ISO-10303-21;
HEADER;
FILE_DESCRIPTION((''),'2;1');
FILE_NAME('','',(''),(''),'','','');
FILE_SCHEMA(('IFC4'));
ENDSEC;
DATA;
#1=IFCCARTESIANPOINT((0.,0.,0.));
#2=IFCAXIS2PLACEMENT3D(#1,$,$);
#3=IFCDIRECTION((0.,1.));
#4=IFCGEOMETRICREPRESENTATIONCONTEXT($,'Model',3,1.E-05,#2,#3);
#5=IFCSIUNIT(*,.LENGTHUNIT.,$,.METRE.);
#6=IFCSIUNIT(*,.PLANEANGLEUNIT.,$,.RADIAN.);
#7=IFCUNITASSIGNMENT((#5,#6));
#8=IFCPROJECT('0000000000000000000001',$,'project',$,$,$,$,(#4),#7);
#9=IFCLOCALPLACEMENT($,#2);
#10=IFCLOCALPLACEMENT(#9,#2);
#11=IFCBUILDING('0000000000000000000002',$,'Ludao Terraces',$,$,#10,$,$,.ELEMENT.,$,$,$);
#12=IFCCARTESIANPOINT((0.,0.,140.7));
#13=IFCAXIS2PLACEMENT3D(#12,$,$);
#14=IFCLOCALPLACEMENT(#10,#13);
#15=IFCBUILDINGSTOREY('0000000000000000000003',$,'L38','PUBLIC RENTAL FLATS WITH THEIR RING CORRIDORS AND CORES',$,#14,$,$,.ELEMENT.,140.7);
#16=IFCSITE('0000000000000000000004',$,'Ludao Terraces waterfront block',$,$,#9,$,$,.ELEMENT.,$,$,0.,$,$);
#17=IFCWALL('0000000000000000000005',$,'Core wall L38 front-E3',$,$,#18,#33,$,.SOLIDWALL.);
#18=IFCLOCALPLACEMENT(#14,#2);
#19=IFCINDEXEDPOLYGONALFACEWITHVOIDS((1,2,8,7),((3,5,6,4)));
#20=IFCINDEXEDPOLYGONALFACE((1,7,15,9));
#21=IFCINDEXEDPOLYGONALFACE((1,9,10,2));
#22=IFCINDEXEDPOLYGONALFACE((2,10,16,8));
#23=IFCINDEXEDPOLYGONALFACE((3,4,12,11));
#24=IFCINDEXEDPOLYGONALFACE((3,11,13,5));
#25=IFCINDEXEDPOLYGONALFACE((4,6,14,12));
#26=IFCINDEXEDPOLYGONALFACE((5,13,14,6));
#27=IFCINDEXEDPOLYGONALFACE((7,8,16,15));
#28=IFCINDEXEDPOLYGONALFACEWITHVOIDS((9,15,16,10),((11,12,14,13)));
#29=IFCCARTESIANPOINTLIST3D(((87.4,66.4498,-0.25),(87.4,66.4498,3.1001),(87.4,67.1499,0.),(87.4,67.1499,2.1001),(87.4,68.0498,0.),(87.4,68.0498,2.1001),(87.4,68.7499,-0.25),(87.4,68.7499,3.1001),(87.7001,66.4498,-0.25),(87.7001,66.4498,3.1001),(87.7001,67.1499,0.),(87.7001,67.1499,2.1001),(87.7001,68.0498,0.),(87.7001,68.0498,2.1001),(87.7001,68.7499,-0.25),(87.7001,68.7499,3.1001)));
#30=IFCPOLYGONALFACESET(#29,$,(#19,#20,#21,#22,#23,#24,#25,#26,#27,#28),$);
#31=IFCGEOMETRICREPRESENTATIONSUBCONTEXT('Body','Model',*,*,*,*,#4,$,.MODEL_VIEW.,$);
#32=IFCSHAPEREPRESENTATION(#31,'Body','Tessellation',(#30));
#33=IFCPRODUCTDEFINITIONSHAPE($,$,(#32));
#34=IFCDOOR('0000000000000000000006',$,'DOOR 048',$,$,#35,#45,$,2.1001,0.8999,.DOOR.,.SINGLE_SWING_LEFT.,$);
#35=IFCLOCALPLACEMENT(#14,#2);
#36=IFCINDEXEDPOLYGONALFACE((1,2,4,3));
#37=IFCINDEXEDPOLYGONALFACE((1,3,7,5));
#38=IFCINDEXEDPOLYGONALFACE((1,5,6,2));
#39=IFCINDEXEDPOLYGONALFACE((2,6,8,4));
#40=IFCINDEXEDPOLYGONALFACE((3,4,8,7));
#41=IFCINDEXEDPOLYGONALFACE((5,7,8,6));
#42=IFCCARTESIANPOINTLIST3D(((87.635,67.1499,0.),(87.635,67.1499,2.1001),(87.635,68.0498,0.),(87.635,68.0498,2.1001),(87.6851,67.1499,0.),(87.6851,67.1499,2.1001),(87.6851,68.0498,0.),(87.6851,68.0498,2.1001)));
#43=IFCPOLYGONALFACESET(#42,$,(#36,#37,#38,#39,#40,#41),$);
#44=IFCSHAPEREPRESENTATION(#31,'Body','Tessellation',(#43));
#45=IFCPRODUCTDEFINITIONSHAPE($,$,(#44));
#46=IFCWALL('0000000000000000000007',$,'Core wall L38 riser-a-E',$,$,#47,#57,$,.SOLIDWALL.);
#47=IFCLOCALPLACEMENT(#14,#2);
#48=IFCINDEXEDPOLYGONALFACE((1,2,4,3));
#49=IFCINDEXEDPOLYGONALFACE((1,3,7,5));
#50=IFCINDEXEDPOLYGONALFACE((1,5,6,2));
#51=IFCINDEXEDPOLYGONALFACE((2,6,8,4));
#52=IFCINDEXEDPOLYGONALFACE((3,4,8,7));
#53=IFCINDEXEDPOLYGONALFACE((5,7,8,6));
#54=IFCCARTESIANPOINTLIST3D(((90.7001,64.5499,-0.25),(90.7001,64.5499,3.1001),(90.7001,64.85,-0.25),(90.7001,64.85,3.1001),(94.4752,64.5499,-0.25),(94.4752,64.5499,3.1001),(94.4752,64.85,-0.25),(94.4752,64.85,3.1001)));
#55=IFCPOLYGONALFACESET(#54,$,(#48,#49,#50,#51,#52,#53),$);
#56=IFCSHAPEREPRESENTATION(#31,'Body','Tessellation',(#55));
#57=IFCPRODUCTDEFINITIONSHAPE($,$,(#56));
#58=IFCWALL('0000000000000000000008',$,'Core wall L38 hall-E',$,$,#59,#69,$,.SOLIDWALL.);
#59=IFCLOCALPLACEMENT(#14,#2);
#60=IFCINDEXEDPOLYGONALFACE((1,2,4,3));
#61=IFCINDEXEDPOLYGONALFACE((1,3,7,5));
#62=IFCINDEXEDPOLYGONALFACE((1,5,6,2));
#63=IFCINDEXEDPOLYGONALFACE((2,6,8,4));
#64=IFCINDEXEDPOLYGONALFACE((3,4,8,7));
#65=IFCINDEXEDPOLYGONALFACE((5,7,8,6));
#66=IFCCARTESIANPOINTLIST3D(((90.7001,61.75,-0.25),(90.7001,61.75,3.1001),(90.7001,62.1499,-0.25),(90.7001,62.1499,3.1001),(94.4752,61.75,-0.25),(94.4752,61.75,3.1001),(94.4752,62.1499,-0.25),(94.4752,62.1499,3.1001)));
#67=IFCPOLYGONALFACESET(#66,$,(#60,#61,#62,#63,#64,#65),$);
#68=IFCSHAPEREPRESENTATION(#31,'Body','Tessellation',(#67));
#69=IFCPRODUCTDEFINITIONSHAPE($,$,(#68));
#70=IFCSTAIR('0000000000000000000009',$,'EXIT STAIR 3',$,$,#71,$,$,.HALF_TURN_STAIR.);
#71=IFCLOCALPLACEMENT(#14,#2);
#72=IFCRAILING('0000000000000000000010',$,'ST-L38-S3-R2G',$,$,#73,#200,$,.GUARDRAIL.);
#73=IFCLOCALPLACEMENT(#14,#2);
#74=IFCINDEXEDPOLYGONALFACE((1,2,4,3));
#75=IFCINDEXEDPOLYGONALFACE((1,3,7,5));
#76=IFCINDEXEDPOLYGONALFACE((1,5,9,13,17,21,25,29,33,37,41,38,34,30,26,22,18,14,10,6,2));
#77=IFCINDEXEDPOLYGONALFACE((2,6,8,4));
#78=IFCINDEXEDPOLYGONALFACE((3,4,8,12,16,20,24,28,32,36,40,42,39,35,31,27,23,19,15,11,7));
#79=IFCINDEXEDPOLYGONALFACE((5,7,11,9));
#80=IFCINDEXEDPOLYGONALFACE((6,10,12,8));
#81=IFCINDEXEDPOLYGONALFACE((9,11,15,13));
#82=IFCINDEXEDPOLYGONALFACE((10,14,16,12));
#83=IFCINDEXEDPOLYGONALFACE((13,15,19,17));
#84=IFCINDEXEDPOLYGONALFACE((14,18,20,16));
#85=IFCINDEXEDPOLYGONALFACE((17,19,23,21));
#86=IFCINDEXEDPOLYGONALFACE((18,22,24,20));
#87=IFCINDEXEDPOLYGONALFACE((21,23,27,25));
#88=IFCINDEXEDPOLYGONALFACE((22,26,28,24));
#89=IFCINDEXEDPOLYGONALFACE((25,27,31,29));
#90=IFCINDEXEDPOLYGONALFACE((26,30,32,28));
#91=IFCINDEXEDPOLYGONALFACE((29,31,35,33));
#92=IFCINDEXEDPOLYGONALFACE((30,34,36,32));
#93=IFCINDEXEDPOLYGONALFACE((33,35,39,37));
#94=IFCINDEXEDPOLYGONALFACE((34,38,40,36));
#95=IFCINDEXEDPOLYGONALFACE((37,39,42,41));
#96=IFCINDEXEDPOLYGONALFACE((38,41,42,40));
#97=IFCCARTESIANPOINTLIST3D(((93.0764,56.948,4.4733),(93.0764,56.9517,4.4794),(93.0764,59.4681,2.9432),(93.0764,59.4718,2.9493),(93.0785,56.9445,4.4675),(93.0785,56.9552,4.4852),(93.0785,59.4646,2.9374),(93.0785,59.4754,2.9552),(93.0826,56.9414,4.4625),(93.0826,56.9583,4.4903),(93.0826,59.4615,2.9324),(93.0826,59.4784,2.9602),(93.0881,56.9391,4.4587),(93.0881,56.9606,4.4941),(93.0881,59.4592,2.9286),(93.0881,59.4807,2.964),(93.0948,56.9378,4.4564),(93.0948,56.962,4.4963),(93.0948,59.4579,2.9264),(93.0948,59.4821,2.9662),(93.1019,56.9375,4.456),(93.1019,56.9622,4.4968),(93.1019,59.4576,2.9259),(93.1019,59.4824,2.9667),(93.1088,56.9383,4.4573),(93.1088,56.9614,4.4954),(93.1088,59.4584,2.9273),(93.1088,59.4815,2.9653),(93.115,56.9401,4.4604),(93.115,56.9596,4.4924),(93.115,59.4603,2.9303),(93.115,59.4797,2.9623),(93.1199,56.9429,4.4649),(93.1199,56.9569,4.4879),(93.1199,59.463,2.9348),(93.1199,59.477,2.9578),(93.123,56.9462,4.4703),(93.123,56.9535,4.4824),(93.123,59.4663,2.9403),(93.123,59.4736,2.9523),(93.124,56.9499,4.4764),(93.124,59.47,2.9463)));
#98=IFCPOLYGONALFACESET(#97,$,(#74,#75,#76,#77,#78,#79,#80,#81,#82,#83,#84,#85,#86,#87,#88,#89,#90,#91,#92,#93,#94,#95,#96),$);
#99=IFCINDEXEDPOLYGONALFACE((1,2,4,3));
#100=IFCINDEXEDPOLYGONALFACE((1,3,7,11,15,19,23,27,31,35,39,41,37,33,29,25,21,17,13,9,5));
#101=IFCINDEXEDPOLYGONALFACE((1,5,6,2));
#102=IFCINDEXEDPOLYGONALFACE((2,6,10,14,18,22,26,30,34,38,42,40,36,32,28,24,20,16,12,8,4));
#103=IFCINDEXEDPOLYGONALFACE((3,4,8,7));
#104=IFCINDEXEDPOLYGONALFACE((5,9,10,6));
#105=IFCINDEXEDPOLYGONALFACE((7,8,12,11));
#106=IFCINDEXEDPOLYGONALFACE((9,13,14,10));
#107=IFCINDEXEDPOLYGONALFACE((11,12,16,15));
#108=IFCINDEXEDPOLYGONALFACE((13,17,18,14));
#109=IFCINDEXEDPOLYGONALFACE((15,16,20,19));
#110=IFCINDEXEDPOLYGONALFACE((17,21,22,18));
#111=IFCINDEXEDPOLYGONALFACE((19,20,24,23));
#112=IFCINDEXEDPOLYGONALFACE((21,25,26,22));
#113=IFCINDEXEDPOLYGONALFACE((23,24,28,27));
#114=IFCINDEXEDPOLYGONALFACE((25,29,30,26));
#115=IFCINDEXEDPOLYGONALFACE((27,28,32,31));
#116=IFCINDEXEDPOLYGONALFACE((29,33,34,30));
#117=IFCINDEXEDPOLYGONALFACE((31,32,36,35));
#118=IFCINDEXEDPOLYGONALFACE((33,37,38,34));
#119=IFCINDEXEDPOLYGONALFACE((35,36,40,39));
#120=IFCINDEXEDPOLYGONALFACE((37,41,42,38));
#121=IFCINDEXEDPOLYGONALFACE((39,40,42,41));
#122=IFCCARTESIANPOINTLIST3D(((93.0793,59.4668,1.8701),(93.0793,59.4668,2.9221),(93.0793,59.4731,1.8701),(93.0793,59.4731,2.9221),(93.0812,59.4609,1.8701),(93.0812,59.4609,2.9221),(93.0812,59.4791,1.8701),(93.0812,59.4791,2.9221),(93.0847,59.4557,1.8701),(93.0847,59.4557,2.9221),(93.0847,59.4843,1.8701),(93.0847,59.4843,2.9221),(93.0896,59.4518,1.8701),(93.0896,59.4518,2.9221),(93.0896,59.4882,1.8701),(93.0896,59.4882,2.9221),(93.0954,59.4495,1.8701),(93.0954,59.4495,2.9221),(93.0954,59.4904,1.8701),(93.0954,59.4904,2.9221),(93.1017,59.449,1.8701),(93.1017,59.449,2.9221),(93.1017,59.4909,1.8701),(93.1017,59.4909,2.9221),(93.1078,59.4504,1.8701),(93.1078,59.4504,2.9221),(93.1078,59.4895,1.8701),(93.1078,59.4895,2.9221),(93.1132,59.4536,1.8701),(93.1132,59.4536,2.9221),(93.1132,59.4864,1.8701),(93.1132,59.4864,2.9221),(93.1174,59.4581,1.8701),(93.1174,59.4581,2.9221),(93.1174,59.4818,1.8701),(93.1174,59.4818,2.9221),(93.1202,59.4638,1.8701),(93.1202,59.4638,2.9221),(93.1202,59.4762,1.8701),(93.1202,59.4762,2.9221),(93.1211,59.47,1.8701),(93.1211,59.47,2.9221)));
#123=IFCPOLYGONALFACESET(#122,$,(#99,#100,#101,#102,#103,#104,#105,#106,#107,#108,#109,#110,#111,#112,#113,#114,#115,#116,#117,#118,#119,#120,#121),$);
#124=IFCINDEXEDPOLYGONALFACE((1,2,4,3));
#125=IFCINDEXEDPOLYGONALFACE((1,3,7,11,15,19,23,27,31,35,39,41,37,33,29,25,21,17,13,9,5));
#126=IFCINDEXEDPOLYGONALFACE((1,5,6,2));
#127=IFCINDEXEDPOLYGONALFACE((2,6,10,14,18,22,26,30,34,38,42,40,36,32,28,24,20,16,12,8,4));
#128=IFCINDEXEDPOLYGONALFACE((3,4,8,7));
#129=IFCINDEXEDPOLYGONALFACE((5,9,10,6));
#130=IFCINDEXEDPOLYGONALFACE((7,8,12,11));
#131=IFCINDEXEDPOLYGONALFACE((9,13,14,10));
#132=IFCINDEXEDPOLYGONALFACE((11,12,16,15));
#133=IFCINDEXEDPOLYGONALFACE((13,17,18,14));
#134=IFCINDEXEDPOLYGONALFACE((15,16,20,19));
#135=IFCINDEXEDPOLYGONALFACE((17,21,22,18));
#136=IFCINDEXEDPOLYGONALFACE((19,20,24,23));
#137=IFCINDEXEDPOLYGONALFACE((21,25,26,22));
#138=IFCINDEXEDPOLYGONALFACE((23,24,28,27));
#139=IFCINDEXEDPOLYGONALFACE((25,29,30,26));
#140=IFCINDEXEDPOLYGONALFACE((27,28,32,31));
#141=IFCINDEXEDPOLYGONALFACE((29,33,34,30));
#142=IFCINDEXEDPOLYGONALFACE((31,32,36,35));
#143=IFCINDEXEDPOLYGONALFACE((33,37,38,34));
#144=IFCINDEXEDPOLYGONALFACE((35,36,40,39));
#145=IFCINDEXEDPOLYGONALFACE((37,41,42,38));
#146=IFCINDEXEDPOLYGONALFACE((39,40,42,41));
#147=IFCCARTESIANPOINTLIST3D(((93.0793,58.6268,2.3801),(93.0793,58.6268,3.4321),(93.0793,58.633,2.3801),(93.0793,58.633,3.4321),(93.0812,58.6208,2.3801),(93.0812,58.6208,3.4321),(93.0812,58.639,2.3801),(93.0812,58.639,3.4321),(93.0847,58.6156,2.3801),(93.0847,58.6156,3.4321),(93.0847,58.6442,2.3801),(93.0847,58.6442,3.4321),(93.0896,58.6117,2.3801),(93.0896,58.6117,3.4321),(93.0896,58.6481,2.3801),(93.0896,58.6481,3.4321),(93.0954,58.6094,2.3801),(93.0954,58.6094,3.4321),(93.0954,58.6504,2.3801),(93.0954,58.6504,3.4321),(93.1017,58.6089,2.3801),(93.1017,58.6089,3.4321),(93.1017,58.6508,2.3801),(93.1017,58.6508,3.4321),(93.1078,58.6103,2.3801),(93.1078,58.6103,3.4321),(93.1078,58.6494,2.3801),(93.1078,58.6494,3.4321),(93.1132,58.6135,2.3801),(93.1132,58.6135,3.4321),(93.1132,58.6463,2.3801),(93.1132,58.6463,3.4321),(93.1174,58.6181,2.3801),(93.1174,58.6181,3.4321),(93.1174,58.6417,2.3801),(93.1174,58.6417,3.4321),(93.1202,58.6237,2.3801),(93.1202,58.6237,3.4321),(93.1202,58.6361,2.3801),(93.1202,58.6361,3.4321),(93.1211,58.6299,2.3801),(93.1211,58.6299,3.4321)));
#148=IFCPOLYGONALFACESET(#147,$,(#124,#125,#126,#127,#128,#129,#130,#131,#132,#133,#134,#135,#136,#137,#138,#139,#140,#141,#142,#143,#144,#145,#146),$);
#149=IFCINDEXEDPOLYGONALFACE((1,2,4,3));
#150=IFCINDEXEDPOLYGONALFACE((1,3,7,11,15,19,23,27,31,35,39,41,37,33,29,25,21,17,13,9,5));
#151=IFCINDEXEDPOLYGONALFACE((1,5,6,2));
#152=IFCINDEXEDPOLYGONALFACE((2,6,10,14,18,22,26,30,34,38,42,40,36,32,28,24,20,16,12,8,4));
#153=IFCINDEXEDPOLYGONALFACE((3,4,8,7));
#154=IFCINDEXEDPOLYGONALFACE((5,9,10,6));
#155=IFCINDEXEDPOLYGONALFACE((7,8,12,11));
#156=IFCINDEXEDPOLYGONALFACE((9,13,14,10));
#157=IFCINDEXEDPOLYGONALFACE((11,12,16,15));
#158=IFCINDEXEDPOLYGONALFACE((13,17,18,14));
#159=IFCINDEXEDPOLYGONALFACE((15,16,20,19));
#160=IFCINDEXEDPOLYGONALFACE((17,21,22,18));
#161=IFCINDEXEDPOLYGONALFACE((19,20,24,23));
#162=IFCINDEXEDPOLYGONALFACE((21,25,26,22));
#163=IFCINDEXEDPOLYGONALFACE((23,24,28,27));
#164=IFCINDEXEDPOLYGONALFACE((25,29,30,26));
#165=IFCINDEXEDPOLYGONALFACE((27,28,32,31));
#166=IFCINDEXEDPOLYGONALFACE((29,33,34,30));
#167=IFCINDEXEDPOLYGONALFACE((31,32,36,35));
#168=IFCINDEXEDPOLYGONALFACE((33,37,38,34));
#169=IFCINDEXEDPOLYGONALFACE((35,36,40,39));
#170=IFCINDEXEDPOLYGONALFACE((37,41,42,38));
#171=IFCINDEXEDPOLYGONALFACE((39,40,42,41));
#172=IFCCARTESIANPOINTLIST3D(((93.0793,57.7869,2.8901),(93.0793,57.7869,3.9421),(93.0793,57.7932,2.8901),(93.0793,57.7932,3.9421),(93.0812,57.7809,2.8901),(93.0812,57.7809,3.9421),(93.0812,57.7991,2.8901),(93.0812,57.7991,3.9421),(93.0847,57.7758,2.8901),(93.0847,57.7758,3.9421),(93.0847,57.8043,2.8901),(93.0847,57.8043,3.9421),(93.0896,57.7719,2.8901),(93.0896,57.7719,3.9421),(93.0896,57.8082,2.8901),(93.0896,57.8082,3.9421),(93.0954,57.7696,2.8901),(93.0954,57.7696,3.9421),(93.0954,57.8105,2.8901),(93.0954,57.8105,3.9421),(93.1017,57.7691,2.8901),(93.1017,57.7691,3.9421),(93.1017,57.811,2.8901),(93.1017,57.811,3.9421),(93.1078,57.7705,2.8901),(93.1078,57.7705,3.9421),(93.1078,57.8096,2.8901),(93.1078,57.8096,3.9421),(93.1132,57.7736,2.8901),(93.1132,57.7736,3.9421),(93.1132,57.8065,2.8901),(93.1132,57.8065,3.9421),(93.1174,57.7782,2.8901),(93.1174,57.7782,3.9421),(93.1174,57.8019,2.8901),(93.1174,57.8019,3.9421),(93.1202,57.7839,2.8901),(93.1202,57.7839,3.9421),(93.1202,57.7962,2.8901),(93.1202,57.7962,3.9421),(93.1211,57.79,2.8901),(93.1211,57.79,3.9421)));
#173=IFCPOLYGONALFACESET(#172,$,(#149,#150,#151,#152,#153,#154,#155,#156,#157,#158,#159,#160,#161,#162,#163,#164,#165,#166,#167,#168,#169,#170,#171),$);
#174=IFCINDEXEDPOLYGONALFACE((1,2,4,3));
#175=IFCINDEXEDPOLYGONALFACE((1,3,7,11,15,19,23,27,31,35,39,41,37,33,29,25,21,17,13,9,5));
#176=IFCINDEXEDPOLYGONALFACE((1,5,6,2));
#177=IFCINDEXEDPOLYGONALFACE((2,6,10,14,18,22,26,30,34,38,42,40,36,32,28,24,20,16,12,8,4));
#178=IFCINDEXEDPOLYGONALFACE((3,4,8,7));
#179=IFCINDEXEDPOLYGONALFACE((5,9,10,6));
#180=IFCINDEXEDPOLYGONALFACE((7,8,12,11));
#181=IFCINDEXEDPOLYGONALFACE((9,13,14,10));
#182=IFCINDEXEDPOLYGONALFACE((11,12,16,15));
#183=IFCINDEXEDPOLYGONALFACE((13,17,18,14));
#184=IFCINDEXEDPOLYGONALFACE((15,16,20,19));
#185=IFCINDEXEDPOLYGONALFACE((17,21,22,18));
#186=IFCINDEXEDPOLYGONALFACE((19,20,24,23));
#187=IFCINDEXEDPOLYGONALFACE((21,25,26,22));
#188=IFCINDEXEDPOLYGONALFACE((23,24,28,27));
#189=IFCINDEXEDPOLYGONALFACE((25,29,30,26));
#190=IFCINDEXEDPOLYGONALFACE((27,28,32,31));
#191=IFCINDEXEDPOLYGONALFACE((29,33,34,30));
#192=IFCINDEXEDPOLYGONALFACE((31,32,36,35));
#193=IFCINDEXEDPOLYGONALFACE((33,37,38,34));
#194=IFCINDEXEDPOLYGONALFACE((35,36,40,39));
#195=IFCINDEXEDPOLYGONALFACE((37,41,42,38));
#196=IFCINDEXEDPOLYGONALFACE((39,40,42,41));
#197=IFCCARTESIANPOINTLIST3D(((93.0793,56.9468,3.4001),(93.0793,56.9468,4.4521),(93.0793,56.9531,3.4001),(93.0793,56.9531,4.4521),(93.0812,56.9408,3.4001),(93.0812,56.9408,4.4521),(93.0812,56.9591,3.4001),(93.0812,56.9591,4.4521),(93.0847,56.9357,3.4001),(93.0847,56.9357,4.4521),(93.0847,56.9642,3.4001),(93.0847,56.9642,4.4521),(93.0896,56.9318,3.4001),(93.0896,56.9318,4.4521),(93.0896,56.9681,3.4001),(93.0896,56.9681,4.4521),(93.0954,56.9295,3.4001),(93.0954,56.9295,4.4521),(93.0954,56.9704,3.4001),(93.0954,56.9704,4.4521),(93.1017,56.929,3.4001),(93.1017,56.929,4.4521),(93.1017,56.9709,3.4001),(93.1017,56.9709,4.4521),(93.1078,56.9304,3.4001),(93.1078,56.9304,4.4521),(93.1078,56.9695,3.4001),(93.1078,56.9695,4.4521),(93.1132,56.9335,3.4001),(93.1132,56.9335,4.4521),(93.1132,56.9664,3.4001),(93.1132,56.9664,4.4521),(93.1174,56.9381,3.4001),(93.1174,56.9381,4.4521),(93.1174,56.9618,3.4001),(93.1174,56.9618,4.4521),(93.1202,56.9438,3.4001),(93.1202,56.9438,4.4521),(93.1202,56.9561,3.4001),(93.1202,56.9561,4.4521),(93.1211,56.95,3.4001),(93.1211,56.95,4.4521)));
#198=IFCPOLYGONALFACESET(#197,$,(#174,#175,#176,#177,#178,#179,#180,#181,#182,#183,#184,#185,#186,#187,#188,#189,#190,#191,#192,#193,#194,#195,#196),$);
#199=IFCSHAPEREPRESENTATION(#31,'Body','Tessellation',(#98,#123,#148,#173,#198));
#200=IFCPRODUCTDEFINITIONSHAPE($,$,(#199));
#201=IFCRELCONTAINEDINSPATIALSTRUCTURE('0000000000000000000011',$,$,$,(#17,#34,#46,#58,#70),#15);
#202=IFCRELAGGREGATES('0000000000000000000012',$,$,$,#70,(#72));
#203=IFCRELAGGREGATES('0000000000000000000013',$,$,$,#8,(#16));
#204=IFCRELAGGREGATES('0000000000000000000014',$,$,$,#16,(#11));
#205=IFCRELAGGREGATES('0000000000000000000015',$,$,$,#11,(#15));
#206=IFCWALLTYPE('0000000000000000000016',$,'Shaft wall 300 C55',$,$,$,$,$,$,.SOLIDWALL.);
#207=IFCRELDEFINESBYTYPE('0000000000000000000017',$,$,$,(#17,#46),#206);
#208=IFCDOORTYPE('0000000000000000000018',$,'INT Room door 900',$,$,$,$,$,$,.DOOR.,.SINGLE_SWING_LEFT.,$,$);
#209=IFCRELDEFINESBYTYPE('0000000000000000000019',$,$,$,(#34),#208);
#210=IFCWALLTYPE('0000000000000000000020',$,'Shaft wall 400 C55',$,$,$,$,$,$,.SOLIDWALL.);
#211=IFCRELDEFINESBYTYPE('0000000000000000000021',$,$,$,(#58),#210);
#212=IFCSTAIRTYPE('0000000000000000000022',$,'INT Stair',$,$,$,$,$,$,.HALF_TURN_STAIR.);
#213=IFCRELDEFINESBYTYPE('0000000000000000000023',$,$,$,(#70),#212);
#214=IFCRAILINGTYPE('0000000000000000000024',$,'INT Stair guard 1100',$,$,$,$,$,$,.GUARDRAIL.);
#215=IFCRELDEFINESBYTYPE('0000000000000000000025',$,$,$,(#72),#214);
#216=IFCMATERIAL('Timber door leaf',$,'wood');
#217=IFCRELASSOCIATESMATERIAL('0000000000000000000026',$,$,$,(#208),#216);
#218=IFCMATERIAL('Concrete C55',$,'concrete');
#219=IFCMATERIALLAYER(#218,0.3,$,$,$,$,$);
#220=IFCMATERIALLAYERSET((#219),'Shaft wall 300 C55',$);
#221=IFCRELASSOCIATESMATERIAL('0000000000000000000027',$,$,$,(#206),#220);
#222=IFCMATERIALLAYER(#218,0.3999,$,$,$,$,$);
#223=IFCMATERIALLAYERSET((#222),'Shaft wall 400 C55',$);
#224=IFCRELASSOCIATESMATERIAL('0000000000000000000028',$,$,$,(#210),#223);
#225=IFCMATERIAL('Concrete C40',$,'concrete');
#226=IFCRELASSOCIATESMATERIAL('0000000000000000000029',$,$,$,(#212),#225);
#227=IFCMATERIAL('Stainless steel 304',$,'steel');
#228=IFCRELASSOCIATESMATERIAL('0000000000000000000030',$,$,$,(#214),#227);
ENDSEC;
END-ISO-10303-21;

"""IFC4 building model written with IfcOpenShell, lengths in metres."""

from ifc_helpers import new_model, si_unit, direction, frame, frame_2d, origin, origin_2d, place, context, subcontext, project, spatial, rectangle, circle, extrude, material, layer, layer_set, type_object, element, fill, aggregate, save


model = new_model("IFC4")

# Units and contexts
model_context = context("Model", 3, precision=1e-05, world=origin(), true_north=direction((0.0, 1.0)))
body_context = subcontext(model_context, "Body", "Model", "MODEL_VIEW")
ifc_project = project(units=[si_unit("LENGTHUNIT", "METRE"), si_unit("PLANEANGLEUNIT", "RADIAN")], contexts=[model_context])

# Site, building, storey
site_placement = place(None, origin())
site = spatial("IfcSite", under=ifc_project, at=site_placement, Name="Ludao Terraces waterfront block", CompositionType="ELEMENT", RefElevation=0.0)
building_placement = place(site_placement, origin())
building = spatial("IfcBuilding", under=site, at=building_placement, Name="Ludao Terraces", CompositionType="ELEMENT")
storey_placement = place(building_placement, frame((0.0, 0.0, 140.7)))
storey = spatial("IfcBuildingStorey", under=building, at=storey_placement, Name="L38", Description="PUBLIC RENTAL FLATS WITH THEIR RING CORRIDORS AND CORES", CompositionType="ELEMENT", Elevation=140.7)

# Shared definitions
ifc_material_1 = material(Name="Concrete C40", Category="concrete")

# Shared definitions
ifc_material_2 = material(Name="Timber door leaf", Category="wood")
door_type_1 = type_object("IfcDoorType", Name="INT Room door 900", OperationType="SINGLE_SWING_LEFT", PredefinedType="DOOR", material=ifc_material_2)

# Shared definitions
ifc_material_3 = material(Name="Concrete C55", Category="concrete")
ifc_layer_1 = layer(ifc_material_3, 0.3)
ifc_layer_set_1 = layer_set([ifc_layer_1], Name="Shaft wall 300 C55")
wall_type_1 = type_object("IfcWallType", Name="Shaft wall 300 C55", PredefinedType="SOLIDWALL", material=ifc_layer_set_1)

# Wall, opening, door
wall_1_placement = place(storey_placement, frame((87.55, 66.45, -0.25), z_axis=(0.0, 0.0, 1.0), x_axis=(0.0, 1.0, 0.0)))
wall_1 = element("IfcWall", 1, at=wall_1_placement, inside=storey, type_object=wall_type_1, Name="Core wall L38 front-E3", PredefinedType="SOLIDWALL", context=body_context, shape_type="SweptSolid", body=[
    extrude(rectangle(XDim=2.3, YDim=0.3, at=frame_2d((1.1499, 0.0))), origin(), (0.0, 0.0, 1.0), 3.3501),
])
opening_1_placement = place(wall_1_placement, frame((0.7, 0.0, 0.25)))
opening_1 = element("IfcOpeningElement", 2, at=opening_1_placement, cuts=wall_1, PredefinedType="OPENING", context=body_context, shape_type="SweptSolid", body=[
    extrude(rectangle(XDim=0.8999, YDim=2.1001, at=frame_2d((0.45, 1.05))), frame((0.0, 0.1602, 0.0), z_axis=(0.0, -1.0, 0.0), x_axis=(1.0, 0.0, 0.0)), (0.0, 0.0, 1.0), 0.3201),
])
door_1_placement = place(opening_1_placement, origin())
door_1 = element("IfcDoor", 3, at=door_1_placement, inside=storey, type_object=door_type_1, Name="DOOR 048", OperationType="SINGLE_SWING_LEFT", OverallHeight=2.1001, OverallWidth=0.8999, PredefinedType="DOOR", context=body_context, shape_type="SweptSolid", body=[
    extrude(rectangle(XDim=0.8999, YDim=2.1001, at=frame_2d((0.45, 1.05))), frame((0.0, -0.085, 0.0), z_axis=(0.0, -1.0, 0.0), x_axis=(1.0, 0.0, 0.0)), (0.0, 0.0, 1.0), 0.05),
])
fill(opening_1, door_1)

# Walls
wall_2_placement = place(storey_placement, frame((90.7, 64.7, -0.25), z_axis=(0.0, 0.0, 1.0), x_axis=(1.0, 0.0, 0.0)))
element("IfcWall", 4, at=wall_2_placement, inside=storey, type_object=wall_type_1, Name="Core wall L38 riser-a-E", PredefinedType="SOLIDWALL", context=body_context, shape_type="SweptSolid", body=[
    extrude(rectangle(XDim=3.7751, YDim=0.3, at=frame_2d((1.8877, 0.0))), origin(), (0.0, 0.0, 1.0), 3.3501),
])
ifc_layer_2 = layer(ifc_material_3, 0.3999)
ifc_layer_set_2 = layer_set([ifc_layer_2], Name="Shaft wall 400 C55")
wall_type_2 = type_object("IfcWallType", Name="Shaft wall 400 C55", PredefinedType="SOLIDWALL", material=ifc_layer_set_2)
wall_3_placement = place(storey_placement, frame((90.7, 61.95, -0.25), z_axis=(0.0, 0.0, 1.0), x_axis=(1.0, 0.0, 0.0)))
element("IfcWall", 5, at=wall_3_placement, inside=storey, type_object=wall_type_2, Name="Core wall L38 hall-E", PredefinedType="SOLIDWALL", context=body_context, shape_type="SweptSolid", body=[
    extrude(rectangle(XDim=3.7751, YDim=0.3999, at=frame_2d((1.8877, 0.0))), origin(), (0.0, 0.0, 1.0), 3.3501),
])

# Stair, railing
stair_type = type_object("IfcStairType", Name="INT Stair", PredefinedType="HALF_TURN_STAIR", material=ifc_material_1)
stair_placement = place(storey_placement, origin())
stair = element("IfcStair", 6, at=stair_placement, inside=storey, type_object=stair_type, Name="EXIT STAIR 3", PredefinedType="HALF_TURN_STAIR")
ifc_material_4 = material(Name="Stainless steel 304", Category="steel")
railing_type_1 = type_object("IfcRailingType", Name="INT Stair guard 1100", PredefinedType="GUARDRAIL", material=ifc_material_4)
railing_1_placement = place(storey_placement, frame((93.1001, 59.47, 1.8701)))
railing_1 = element("IfcRailing", 7, at=railing_1_placement, type_object=railing_type_1, Name="ST-L38-S3-R2G", PredefinedType="GUARDRAIL", context=body_context, shape_type="SweptSolid", body=[
    extrude(circle(Radius=0.0239, at=origin_2d()), frame((0.0, 0.0, 1.0762), z_axis=(0.0, -0.854785, 0.518982), x_axis=(1.0, 0.0, 0.0)), (0.0, 0.0, 1.0), 2.9482),
    extrude(circle(Radius=0.021, at=origin_2d()), origin(), (0.0, 0.0, 1.0), 1.052),
    extrude(circle(Radius=0.021, at=origin_2d()), frame((0.0, -0.8401, 0.51)), (0.0, 0.0, 1.0), 1.052),
    extrude(circle(Radius=0.021, at=origin_2d()), frame((0.0, -1.6799, 1.02)), (0.0, 0.0, 1.0), 1.052),
    extrude(circle(Radius=0.021, at=origin_2d()), frame((0.0, -2.52, 1.53)), (0.0, 0.0, 1.0), 1.052),
])
aggregate(stair, [railing_1])

save(model, "model.ifc")
